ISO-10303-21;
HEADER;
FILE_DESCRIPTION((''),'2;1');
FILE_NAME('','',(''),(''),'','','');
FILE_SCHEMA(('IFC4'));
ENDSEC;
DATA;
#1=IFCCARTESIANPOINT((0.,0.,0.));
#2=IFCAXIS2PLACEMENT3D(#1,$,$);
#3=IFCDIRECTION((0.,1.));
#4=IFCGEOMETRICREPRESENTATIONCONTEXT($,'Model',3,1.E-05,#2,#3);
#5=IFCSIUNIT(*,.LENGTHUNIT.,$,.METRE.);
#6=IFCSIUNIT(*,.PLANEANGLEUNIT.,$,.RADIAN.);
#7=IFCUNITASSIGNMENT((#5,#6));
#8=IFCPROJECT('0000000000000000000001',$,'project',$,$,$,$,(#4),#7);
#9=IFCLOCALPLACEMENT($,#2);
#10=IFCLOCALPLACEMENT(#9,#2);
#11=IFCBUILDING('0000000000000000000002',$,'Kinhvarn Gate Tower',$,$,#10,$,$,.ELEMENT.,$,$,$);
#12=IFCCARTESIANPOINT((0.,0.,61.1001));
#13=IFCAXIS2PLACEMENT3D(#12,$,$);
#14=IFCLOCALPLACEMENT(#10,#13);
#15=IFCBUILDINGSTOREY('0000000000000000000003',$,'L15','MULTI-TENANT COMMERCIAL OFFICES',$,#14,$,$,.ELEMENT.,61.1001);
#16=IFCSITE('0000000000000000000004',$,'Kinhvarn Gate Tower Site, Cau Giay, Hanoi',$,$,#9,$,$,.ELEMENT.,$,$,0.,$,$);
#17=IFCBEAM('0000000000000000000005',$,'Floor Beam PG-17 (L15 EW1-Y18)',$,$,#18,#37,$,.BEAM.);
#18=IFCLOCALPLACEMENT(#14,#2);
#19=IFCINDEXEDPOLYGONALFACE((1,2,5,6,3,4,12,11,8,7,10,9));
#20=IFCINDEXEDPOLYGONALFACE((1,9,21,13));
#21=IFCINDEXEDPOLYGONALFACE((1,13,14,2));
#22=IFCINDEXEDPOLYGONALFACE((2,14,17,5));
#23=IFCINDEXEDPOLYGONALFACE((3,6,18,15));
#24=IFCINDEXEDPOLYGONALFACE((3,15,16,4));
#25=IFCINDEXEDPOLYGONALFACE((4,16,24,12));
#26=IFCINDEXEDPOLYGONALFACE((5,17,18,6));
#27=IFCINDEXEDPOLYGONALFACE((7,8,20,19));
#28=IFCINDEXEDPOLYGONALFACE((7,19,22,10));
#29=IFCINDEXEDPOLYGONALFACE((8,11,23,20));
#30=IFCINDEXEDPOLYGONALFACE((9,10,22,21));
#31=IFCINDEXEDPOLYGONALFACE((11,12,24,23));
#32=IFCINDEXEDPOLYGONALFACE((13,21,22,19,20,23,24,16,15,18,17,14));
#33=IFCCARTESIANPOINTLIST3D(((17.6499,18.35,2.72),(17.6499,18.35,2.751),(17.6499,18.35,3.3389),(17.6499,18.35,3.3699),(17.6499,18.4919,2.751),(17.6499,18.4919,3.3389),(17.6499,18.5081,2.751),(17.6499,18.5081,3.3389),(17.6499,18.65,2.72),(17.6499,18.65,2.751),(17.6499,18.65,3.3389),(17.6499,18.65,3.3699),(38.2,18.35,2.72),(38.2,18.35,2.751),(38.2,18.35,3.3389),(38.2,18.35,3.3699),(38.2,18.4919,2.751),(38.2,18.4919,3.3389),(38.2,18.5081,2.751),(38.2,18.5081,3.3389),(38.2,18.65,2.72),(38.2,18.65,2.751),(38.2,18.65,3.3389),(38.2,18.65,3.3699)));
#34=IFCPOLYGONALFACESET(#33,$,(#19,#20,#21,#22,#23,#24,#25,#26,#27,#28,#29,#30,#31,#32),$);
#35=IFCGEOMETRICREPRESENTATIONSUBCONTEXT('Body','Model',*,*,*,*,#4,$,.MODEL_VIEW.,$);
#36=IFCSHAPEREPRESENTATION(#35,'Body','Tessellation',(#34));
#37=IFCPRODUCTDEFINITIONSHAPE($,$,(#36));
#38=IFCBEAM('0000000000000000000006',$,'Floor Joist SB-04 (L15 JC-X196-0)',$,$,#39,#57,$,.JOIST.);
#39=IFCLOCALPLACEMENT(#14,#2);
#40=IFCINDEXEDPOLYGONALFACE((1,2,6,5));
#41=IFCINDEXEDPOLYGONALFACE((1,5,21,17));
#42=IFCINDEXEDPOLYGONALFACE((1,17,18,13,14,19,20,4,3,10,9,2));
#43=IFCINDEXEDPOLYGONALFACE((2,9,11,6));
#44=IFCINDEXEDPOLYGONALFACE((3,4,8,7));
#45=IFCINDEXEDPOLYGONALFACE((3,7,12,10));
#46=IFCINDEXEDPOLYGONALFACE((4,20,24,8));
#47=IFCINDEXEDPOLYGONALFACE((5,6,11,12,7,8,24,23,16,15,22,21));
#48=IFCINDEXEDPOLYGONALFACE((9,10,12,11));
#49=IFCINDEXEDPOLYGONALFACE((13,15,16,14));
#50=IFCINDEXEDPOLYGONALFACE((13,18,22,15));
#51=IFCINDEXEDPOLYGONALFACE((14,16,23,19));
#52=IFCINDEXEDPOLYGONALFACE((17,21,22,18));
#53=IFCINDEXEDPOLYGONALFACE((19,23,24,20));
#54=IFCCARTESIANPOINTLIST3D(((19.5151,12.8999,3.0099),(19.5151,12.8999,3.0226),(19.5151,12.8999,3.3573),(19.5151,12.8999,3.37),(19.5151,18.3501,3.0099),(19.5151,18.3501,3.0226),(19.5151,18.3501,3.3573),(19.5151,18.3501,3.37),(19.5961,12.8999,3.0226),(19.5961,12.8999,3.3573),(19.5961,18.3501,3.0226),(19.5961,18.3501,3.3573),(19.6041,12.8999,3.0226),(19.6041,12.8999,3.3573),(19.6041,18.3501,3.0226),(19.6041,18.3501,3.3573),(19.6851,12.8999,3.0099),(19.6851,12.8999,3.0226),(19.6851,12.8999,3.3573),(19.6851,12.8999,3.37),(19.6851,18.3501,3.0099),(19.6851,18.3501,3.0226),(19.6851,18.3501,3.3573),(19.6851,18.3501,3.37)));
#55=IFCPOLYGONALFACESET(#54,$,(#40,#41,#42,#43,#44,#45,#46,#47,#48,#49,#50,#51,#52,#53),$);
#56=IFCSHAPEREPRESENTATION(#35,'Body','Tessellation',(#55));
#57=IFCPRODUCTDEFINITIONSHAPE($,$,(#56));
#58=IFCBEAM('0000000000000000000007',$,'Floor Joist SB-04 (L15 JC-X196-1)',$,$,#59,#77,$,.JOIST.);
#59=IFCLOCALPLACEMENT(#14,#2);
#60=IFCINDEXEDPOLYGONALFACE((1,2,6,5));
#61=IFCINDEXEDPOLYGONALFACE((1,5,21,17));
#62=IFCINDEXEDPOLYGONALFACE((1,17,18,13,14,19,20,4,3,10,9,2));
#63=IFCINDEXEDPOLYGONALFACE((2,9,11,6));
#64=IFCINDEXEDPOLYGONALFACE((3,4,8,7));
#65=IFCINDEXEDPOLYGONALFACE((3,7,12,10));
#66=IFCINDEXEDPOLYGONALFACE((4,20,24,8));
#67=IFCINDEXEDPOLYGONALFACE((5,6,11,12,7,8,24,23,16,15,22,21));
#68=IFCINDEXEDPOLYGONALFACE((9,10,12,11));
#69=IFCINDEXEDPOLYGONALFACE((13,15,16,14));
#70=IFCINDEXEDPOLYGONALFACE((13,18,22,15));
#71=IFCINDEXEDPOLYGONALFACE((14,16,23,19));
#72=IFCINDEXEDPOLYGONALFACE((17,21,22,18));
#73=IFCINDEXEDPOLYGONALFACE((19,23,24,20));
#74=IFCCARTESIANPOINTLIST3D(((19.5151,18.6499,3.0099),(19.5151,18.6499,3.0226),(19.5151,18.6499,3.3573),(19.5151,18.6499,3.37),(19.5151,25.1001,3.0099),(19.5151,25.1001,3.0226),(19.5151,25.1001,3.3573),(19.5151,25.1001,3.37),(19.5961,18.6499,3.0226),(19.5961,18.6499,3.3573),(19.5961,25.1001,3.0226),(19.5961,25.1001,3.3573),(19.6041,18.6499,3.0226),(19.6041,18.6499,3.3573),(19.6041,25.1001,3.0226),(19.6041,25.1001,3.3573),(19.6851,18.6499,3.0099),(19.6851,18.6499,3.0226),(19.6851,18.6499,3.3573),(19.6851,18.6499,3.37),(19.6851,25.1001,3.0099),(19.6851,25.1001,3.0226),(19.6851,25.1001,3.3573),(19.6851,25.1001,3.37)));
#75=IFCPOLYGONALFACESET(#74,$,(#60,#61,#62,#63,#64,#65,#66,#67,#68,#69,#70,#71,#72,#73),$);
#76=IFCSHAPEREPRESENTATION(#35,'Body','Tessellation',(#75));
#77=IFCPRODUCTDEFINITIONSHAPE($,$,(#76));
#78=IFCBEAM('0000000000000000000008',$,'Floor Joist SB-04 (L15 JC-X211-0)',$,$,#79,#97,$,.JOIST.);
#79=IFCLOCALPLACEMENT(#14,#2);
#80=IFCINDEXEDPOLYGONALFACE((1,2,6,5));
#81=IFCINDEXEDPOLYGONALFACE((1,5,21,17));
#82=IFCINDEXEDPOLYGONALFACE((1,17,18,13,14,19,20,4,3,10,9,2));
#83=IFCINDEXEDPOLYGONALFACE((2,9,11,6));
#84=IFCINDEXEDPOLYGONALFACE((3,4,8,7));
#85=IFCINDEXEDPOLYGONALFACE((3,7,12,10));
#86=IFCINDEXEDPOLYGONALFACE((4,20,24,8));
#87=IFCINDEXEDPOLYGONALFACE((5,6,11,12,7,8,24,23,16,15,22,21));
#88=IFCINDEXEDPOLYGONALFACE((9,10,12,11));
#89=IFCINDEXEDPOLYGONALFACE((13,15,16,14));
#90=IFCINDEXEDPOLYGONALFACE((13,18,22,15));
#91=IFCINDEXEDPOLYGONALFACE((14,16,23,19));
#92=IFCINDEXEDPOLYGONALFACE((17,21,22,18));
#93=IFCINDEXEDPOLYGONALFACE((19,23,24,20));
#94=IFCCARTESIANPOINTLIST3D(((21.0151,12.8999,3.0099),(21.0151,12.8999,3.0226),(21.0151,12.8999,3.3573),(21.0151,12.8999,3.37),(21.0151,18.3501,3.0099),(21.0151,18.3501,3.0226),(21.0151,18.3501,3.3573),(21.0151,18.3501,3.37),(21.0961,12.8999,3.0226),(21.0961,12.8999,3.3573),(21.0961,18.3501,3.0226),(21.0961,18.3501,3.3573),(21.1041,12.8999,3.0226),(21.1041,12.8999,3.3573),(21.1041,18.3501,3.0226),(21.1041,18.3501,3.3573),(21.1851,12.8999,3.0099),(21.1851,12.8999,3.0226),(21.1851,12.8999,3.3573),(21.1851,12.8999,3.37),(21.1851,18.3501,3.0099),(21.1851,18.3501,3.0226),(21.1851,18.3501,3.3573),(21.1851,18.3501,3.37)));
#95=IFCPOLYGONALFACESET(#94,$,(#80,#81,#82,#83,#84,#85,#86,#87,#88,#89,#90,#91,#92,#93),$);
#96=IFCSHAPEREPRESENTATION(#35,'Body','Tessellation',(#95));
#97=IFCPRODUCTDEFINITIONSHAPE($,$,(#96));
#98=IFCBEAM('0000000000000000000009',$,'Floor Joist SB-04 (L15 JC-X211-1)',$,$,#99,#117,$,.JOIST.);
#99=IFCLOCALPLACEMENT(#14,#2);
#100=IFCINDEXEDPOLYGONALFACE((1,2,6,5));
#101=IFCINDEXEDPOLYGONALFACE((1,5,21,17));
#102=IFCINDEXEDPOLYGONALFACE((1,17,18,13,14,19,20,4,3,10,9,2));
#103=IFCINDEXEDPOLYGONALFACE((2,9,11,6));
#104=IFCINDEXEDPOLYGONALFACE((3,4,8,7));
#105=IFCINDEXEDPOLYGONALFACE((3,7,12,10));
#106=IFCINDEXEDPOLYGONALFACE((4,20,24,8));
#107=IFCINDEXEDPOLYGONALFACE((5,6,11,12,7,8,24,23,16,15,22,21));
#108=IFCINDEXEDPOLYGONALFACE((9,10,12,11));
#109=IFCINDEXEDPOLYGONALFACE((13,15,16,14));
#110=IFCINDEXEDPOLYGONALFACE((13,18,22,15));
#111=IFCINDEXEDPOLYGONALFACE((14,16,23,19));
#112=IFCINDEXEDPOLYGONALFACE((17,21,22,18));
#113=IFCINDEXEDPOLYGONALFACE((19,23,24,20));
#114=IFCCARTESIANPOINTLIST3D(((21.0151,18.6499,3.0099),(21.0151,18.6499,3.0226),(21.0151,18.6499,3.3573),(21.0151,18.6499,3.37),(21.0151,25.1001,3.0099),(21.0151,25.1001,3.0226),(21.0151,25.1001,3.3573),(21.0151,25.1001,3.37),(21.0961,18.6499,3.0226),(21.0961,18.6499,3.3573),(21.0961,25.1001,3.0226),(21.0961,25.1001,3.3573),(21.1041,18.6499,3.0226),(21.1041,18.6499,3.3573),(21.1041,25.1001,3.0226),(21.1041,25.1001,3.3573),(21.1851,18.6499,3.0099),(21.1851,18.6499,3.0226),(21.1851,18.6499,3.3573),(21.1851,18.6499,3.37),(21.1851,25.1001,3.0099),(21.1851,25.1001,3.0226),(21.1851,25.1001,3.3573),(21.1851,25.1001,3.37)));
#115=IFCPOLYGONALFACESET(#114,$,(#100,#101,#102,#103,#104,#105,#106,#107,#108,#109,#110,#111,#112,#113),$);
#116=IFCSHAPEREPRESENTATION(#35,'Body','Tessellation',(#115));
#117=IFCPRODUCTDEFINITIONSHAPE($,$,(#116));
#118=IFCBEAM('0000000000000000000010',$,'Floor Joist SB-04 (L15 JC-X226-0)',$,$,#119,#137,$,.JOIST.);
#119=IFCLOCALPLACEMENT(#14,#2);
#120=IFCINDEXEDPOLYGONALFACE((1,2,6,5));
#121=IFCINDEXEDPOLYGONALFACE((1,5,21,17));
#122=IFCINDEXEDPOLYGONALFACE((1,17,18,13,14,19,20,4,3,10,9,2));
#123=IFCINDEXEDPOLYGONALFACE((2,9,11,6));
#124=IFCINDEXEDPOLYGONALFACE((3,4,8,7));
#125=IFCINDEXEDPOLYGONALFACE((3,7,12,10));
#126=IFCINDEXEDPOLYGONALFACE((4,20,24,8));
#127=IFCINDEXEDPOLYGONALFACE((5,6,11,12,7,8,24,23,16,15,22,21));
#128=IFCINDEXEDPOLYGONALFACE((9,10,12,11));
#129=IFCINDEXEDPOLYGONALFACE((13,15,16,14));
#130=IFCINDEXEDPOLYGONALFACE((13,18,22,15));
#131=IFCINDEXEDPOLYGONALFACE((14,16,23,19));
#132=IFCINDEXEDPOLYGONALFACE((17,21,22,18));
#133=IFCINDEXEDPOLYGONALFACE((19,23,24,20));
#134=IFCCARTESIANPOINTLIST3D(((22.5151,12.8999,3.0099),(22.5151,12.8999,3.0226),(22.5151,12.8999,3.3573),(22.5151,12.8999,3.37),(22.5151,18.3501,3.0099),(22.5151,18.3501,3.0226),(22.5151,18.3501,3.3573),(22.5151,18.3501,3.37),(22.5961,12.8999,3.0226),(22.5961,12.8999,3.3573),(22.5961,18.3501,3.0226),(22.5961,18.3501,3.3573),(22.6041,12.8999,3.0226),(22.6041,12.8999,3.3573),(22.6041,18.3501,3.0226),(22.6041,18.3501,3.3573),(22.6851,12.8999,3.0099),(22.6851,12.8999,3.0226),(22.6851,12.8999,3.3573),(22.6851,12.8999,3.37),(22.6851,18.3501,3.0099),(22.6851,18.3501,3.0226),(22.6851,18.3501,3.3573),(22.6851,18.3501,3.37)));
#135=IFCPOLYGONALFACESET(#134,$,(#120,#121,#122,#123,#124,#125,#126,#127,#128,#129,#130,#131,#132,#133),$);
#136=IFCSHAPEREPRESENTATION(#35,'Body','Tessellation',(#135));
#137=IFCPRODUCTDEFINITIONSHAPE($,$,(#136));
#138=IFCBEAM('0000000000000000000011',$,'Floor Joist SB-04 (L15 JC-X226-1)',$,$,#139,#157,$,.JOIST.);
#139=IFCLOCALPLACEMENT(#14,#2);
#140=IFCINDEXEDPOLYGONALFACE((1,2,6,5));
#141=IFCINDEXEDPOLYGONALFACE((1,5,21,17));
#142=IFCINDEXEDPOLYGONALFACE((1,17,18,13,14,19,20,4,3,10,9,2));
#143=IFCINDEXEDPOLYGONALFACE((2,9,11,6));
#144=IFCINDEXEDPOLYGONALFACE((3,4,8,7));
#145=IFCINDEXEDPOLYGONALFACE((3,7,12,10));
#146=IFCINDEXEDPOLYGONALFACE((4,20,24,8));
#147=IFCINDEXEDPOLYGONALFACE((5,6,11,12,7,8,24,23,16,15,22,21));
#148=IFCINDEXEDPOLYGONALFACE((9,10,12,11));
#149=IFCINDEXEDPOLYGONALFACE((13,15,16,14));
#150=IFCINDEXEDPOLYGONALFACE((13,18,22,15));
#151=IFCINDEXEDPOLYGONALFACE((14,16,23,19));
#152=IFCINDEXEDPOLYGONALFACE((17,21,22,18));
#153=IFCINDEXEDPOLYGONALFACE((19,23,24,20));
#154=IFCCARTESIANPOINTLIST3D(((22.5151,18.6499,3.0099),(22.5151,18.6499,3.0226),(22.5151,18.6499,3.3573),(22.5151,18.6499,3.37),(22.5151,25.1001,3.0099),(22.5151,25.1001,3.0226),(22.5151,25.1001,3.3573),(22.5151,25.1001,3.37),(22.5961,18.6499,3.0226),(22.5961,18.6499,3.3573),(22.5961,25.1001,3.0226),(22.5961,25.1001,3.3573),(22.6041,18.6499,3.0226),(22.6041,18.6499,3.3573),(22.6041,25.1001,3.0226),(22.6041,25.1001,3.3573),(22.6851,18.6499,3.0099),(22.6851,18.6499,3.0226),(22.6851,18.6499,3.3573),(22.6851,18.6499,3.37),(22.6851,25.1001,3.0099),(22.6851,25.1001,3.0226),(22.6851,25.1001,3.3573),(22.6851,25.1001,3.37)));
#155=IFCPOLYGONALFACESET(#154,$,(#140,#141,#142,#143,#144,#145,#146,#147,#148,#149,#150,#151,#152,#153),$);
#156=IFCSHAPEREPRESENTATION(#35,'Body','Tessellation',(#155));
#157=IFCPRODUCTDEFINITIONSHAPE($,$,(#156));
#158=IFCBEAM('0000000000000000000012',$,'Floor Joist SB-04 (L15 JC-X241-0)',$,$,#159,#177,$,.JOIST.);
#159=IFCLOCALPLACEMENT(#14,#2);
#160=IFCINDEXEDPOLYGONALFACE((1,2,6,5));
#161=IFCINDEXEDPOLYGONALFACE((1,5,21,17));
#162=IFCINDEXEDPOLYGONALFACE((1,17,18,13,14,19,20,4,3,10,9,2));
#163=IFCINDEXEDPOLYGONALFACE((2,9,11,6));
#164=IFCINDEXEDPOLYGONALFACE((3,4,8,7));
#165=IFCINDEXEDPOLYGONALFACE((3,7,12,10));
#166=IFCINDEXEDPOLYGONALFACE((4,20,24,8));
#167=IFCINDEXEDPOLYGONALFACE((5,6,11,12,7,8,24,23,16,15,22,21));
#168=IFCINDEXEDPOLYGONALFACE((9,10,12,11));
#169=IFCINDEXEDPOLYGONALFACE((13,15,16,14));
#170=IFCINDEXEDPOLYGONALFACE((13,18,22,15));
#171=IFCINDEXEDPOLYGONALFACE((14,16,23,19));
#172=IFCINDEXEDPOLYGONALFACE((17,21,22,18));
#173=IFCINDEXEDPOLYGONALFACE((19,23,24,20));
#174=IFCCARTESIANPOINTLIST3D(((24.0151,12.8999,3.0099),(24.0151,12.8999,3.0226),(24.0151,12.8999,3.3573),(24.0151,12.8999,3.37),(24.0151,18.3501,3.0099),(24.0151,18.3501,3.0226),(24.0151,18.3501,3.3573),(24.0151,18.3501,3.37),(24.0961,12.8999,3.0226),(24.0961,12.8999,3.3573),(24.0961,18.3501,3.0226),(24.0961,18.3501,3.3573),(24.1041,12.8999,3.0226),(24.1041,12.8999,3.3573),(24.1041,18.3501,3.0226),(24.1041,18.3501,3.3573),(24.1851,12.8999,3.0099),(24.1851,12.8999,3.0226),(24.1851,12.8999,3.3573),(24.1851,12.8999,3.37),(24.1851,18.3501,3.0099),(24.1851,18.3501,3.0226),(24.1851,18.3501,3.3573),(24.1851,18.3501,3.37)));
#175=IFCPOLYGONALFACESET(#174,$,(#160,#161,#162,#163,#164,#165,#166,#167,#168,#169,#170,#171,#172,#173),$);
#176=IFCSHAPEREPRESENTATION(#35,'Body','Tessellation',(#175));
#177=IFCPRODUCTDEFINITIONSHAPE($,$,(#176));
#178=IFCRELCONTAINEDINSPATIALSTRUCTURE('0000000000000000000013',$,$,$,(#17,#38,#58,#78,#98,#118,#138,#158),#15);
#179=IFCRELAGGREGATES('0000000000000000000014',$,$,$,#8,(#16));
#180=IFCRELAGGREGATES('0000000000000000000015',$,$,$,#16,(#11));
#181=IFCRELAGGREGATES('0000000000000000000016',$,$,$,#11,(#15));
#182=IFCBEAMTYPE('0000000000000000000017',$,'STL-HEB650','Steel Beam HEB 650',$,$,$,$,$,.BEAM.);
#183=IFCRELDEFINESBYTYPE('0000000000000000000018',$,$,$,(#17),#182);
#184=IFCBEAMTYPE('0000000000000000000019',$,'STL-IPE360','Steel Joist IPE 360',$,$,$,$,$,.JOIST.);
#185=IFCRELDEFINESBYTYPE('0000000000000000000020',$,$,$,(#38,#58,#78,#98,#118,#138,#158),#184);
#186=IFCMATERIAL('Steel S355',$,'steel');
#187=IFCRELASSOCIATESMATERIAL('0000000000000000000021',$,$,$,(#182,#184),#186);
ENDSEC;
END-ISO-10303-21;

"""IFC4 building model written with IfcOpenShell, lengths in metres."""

from ifc_helpers import new_model, si_unit, direction, frame, origin, origin_2d, place, context, subcontext, project, spatial, i_section, extrude, material, material_profile, profile_set, type_object, element, save


model = new_model("IFC4")

# Units and contexts
model_context = context("Model", 3, precision=1e-05, world=origin(), true_north=direction((0.0, 1.0)))
body_context = subcontext(model_context, "Body", "Model", "MODEL_VIEW")
ifc_project = project(units=[si_unit("LENGTHUNIT", "METRE"), si_unit("PLANEANGLEUNIT", "RADIAN")], contexts=[model_context])

# Site, building, storey
site_placement = place(None, origin())
site = spatial("IfcSite", under=ifc_project, at=site_placement, Name="Kinhvarn Gate Tower Site, Cau Giay, Hanoi", CompositionType="ELEMENT", RefElevation=0.0)
building_placement = place(site_placement, origin())
building = spatial("IfcBuilding", under=site, at=building_placement, Name="Kinhvarn Gate Tower", CompositionType="ELEMENT")
storey_placement = place(building_placement, frame((0.0, 0.0, 61.1001)))
storey = spatial("IfcBuildingStorey", under=building, at=storey_placement, Name="L15", Description="MULTI-TENANT COMMERCIAL OFFICES", CompositionType="ELEMENT", Elevation=61.1001)

# Beams
ifc_material_1 = material(Name="Steel S355", Category="steel")
ifc_material_profile_1 = material_profile(ifc_material_1, i_section(OverallWidth=0.3, OverallDepth=0.6499, WebThickness=0.0161, FlangeThickness=0.031, at=origin_2d()), Name="HEB 650")
ifc_profile_set_1 = profile_set([ifc_material_profile_1], Name="Steel S355")
beam_type_1 = type_object("IfcBeamType", Name="STL-HEB650", Description="Steel Beam HEB 650", PredefinedType="BEAM", material=ifc_profile_set_1)
beam_1_placement = place(storey_placement, frame((17.6499, 18.5, 3.0449), z_axis=(1.0, 0.0, 0.0), x_axis=(0.0, 1.0, 0.0)))
element("IfcBeam", 1, at=beam_1_placement, inside=storey, type_object=beam_type_1, Name="Floor Beam PG-17 (L15 EW1-Y18)", PredefinedType="BEAM", context=body_context, shape_type="SweptSolid", body=[
    extrude(i_section(OverallWidth=0.3, OverallDepth=0.6499, WebThickness=0.0161, FlangeThickness=0.031, at=origin_2d()), origin(), (0.0, 0.0, 1.0), 20.55),
])
ifc_material_profile_2 = material_profile(ifc_material_1, i_section(OverallWidth=0.1699, OverallDepth=0.3601, WebThickness=0.0081, FlangeThickness=0.0127, at=origin_2d()), Name="IPE 360")
ifc_profile_set_2 = profile_set([ifc_material_profile_2], Name="Steel S355")
beam_type_2 = type_object("IfcBeamType", Name="STL-IPE360", Description="Steel Joist IPE 360", PredefinedType="JOIST", material=ifc_profile_set_2)
beam_2_placement = place(storey_placement, frame((19.6001, 12.8999, 3.1899), z_axis=(0.0, 1.0, 0.0), x_axis=(-1.0, 0.0, 0.0)))
element("IfcBeam", 2, at=beam_2_placement, inside=storey, type_object=beam_type_2, Name="Floor Joist SB-04 (L15 JC-X196-0)", PredefinedType="JOIST", context=body_context, shape_type="SweptSolid", body=[
    extrude(i_section(OverallWidth=0.1699, OverallDepth=0.3601, WebThickness=0.0081, FlangeThickness=0.0127, at=origin_2d()), origin(), (0.0, 0.0, 1.0), 5.4502),
])
beam_3_placement = place(storey_placement, frame((19.6001, 18.6499, 3.1899), z_axis=(0.0, 1.0, 0.0), x_axis=(-1.0, 0.0, 0.0)))
element("IfcBeam", 3, at=beam_3_placement, inside=storey, type_object=beam_type_2, Name="Floor Joist SB-04 (L15 JC-X196-1)", PredefinedType="JOIST", context=body_context, shape_type="SweptSolid", body=[
    extrude(i_section(OverallWidth=0.1699, OverallDepth=0.3601, WebThickness=0.0081, FlangeThickness=0.0127, at=origin_2d()), origin(), (0.0, 0.0, 1.0), 6.4502),
])
beam_4_placement = place(storey_placement, frame((21.1001, 12.8999, 3.1899), z_axis=(0.0, 1.0, 0.0), x_axis=(-1.0, 0.0, 0.0)))
element("IfcBeam", 4, at=beam_4_placement, inside=storey, type_object=beam_type_2, Name="Floor Joist SB-04 (L15 JC-X211-0)", PredefinedType="JOIST", context=body_context, shape_type="SweptSolid", body=[
    extrude(i_section(OverallWidth=0.1699, OverallDepth=0.3601, WebThickness=0.0081, FlangeThickness=0.0127, at=origin_2d()), origin(), (0.0, 0.0, 1.0), 5.4502),
])
beam_5_placement = place(storey_placement, frame((21.1001, 18.6499, 3.1899), z_axis=(0.0, 1.0, 0.0), x_axis=(-1.0, 0.0, 0.0)))
element("IfcBeam", 5, at=beam_5_placement, inside=storey, type_object=beam_type_2, Name="Floor Joist SB-04 (L15 JC-X211-1)", PredefinedType="JOIST", context=body_context, shape_type="SweptSolid", body=[
    extrude(i_section(OverallWidth=0.1699, OverallDepth=0.3601, WebThickness=0.0081, FlangeThickness=0.0127, at=origin_2d()), origin(), (0.0, 0.0, 1.0), 6.4502),
])
beam_6_placement = place(storey_placement, frame((22.6001, 12.8999, 3.1899), z_axis=(0.0, 1.0, 0.0), x_axis=(-1.0, 0.0, 0.0)))
element("IfcBeam", 6, at=beam_6_placement, inside=storey, type_object=beam_type_2, Name="Floor Joist SB-04 (L15 JC-X226-0)", PredefinedType="JOIST", context=body_context, shape_type="SweptSolid", body=[
    extrude(i_section(OverallWidth=0.1699, OverallDepth=0.3601, WebThickness=0.0081, FlangeThickness=0.0127, at=origin_2d()), origin(), (0.0, 0.0, 1.0), 5.4502),
])
beam_7_placement = place(storey_placement, frame((22.6001, 18.6499, 3.1899), z_axis=(0.0, 1.0, 0.0), x_axis=(-1.0, 0.0, 0.0)))
element("IfcBeam", 7, at=beam_7_placement, inside=storey, type_object=beam_type_2, Name="Floor Joist SB-04 (L15 JC-X226-1)", PredefinedType="JOIST", context=body_context, shape_type="SweptSolid", body=[
    extrude(i_section(OverallWidth=0.1699, OverallDepth=0.3601, WebThickness=0.0081, FlangeThickness=0.0127, at=origin_2d()), origin(), (0.0, 0.0, 1.0), 6.4502),
])
beam_8_placement = place(storey_placement, frame((24.1001, 12.8999, 3.1899), z_axis=(0.0, 1.0, 0.0), x_axis=(-1.0, 0.0, 0.0)))
element("IfcBeam", 8, at=beam_8_placement, inside=storey, type_object=beam_type_2, Name="Floor Joist SB-04 (L15 JC-X241-0)", PredefinedType="JOIST", context=body_context, shape_type="SweptSolid", body=[
    extrude(i_section(OverallWidth=0.1699, OverallDepth=0.3601, WebThickness=0.0081, FlangeThickness=0.0127, at=origin_2d()), origin(), (0.0, 0.0, 1.0), 5.4502),
])

save(model, "model.ifc")
